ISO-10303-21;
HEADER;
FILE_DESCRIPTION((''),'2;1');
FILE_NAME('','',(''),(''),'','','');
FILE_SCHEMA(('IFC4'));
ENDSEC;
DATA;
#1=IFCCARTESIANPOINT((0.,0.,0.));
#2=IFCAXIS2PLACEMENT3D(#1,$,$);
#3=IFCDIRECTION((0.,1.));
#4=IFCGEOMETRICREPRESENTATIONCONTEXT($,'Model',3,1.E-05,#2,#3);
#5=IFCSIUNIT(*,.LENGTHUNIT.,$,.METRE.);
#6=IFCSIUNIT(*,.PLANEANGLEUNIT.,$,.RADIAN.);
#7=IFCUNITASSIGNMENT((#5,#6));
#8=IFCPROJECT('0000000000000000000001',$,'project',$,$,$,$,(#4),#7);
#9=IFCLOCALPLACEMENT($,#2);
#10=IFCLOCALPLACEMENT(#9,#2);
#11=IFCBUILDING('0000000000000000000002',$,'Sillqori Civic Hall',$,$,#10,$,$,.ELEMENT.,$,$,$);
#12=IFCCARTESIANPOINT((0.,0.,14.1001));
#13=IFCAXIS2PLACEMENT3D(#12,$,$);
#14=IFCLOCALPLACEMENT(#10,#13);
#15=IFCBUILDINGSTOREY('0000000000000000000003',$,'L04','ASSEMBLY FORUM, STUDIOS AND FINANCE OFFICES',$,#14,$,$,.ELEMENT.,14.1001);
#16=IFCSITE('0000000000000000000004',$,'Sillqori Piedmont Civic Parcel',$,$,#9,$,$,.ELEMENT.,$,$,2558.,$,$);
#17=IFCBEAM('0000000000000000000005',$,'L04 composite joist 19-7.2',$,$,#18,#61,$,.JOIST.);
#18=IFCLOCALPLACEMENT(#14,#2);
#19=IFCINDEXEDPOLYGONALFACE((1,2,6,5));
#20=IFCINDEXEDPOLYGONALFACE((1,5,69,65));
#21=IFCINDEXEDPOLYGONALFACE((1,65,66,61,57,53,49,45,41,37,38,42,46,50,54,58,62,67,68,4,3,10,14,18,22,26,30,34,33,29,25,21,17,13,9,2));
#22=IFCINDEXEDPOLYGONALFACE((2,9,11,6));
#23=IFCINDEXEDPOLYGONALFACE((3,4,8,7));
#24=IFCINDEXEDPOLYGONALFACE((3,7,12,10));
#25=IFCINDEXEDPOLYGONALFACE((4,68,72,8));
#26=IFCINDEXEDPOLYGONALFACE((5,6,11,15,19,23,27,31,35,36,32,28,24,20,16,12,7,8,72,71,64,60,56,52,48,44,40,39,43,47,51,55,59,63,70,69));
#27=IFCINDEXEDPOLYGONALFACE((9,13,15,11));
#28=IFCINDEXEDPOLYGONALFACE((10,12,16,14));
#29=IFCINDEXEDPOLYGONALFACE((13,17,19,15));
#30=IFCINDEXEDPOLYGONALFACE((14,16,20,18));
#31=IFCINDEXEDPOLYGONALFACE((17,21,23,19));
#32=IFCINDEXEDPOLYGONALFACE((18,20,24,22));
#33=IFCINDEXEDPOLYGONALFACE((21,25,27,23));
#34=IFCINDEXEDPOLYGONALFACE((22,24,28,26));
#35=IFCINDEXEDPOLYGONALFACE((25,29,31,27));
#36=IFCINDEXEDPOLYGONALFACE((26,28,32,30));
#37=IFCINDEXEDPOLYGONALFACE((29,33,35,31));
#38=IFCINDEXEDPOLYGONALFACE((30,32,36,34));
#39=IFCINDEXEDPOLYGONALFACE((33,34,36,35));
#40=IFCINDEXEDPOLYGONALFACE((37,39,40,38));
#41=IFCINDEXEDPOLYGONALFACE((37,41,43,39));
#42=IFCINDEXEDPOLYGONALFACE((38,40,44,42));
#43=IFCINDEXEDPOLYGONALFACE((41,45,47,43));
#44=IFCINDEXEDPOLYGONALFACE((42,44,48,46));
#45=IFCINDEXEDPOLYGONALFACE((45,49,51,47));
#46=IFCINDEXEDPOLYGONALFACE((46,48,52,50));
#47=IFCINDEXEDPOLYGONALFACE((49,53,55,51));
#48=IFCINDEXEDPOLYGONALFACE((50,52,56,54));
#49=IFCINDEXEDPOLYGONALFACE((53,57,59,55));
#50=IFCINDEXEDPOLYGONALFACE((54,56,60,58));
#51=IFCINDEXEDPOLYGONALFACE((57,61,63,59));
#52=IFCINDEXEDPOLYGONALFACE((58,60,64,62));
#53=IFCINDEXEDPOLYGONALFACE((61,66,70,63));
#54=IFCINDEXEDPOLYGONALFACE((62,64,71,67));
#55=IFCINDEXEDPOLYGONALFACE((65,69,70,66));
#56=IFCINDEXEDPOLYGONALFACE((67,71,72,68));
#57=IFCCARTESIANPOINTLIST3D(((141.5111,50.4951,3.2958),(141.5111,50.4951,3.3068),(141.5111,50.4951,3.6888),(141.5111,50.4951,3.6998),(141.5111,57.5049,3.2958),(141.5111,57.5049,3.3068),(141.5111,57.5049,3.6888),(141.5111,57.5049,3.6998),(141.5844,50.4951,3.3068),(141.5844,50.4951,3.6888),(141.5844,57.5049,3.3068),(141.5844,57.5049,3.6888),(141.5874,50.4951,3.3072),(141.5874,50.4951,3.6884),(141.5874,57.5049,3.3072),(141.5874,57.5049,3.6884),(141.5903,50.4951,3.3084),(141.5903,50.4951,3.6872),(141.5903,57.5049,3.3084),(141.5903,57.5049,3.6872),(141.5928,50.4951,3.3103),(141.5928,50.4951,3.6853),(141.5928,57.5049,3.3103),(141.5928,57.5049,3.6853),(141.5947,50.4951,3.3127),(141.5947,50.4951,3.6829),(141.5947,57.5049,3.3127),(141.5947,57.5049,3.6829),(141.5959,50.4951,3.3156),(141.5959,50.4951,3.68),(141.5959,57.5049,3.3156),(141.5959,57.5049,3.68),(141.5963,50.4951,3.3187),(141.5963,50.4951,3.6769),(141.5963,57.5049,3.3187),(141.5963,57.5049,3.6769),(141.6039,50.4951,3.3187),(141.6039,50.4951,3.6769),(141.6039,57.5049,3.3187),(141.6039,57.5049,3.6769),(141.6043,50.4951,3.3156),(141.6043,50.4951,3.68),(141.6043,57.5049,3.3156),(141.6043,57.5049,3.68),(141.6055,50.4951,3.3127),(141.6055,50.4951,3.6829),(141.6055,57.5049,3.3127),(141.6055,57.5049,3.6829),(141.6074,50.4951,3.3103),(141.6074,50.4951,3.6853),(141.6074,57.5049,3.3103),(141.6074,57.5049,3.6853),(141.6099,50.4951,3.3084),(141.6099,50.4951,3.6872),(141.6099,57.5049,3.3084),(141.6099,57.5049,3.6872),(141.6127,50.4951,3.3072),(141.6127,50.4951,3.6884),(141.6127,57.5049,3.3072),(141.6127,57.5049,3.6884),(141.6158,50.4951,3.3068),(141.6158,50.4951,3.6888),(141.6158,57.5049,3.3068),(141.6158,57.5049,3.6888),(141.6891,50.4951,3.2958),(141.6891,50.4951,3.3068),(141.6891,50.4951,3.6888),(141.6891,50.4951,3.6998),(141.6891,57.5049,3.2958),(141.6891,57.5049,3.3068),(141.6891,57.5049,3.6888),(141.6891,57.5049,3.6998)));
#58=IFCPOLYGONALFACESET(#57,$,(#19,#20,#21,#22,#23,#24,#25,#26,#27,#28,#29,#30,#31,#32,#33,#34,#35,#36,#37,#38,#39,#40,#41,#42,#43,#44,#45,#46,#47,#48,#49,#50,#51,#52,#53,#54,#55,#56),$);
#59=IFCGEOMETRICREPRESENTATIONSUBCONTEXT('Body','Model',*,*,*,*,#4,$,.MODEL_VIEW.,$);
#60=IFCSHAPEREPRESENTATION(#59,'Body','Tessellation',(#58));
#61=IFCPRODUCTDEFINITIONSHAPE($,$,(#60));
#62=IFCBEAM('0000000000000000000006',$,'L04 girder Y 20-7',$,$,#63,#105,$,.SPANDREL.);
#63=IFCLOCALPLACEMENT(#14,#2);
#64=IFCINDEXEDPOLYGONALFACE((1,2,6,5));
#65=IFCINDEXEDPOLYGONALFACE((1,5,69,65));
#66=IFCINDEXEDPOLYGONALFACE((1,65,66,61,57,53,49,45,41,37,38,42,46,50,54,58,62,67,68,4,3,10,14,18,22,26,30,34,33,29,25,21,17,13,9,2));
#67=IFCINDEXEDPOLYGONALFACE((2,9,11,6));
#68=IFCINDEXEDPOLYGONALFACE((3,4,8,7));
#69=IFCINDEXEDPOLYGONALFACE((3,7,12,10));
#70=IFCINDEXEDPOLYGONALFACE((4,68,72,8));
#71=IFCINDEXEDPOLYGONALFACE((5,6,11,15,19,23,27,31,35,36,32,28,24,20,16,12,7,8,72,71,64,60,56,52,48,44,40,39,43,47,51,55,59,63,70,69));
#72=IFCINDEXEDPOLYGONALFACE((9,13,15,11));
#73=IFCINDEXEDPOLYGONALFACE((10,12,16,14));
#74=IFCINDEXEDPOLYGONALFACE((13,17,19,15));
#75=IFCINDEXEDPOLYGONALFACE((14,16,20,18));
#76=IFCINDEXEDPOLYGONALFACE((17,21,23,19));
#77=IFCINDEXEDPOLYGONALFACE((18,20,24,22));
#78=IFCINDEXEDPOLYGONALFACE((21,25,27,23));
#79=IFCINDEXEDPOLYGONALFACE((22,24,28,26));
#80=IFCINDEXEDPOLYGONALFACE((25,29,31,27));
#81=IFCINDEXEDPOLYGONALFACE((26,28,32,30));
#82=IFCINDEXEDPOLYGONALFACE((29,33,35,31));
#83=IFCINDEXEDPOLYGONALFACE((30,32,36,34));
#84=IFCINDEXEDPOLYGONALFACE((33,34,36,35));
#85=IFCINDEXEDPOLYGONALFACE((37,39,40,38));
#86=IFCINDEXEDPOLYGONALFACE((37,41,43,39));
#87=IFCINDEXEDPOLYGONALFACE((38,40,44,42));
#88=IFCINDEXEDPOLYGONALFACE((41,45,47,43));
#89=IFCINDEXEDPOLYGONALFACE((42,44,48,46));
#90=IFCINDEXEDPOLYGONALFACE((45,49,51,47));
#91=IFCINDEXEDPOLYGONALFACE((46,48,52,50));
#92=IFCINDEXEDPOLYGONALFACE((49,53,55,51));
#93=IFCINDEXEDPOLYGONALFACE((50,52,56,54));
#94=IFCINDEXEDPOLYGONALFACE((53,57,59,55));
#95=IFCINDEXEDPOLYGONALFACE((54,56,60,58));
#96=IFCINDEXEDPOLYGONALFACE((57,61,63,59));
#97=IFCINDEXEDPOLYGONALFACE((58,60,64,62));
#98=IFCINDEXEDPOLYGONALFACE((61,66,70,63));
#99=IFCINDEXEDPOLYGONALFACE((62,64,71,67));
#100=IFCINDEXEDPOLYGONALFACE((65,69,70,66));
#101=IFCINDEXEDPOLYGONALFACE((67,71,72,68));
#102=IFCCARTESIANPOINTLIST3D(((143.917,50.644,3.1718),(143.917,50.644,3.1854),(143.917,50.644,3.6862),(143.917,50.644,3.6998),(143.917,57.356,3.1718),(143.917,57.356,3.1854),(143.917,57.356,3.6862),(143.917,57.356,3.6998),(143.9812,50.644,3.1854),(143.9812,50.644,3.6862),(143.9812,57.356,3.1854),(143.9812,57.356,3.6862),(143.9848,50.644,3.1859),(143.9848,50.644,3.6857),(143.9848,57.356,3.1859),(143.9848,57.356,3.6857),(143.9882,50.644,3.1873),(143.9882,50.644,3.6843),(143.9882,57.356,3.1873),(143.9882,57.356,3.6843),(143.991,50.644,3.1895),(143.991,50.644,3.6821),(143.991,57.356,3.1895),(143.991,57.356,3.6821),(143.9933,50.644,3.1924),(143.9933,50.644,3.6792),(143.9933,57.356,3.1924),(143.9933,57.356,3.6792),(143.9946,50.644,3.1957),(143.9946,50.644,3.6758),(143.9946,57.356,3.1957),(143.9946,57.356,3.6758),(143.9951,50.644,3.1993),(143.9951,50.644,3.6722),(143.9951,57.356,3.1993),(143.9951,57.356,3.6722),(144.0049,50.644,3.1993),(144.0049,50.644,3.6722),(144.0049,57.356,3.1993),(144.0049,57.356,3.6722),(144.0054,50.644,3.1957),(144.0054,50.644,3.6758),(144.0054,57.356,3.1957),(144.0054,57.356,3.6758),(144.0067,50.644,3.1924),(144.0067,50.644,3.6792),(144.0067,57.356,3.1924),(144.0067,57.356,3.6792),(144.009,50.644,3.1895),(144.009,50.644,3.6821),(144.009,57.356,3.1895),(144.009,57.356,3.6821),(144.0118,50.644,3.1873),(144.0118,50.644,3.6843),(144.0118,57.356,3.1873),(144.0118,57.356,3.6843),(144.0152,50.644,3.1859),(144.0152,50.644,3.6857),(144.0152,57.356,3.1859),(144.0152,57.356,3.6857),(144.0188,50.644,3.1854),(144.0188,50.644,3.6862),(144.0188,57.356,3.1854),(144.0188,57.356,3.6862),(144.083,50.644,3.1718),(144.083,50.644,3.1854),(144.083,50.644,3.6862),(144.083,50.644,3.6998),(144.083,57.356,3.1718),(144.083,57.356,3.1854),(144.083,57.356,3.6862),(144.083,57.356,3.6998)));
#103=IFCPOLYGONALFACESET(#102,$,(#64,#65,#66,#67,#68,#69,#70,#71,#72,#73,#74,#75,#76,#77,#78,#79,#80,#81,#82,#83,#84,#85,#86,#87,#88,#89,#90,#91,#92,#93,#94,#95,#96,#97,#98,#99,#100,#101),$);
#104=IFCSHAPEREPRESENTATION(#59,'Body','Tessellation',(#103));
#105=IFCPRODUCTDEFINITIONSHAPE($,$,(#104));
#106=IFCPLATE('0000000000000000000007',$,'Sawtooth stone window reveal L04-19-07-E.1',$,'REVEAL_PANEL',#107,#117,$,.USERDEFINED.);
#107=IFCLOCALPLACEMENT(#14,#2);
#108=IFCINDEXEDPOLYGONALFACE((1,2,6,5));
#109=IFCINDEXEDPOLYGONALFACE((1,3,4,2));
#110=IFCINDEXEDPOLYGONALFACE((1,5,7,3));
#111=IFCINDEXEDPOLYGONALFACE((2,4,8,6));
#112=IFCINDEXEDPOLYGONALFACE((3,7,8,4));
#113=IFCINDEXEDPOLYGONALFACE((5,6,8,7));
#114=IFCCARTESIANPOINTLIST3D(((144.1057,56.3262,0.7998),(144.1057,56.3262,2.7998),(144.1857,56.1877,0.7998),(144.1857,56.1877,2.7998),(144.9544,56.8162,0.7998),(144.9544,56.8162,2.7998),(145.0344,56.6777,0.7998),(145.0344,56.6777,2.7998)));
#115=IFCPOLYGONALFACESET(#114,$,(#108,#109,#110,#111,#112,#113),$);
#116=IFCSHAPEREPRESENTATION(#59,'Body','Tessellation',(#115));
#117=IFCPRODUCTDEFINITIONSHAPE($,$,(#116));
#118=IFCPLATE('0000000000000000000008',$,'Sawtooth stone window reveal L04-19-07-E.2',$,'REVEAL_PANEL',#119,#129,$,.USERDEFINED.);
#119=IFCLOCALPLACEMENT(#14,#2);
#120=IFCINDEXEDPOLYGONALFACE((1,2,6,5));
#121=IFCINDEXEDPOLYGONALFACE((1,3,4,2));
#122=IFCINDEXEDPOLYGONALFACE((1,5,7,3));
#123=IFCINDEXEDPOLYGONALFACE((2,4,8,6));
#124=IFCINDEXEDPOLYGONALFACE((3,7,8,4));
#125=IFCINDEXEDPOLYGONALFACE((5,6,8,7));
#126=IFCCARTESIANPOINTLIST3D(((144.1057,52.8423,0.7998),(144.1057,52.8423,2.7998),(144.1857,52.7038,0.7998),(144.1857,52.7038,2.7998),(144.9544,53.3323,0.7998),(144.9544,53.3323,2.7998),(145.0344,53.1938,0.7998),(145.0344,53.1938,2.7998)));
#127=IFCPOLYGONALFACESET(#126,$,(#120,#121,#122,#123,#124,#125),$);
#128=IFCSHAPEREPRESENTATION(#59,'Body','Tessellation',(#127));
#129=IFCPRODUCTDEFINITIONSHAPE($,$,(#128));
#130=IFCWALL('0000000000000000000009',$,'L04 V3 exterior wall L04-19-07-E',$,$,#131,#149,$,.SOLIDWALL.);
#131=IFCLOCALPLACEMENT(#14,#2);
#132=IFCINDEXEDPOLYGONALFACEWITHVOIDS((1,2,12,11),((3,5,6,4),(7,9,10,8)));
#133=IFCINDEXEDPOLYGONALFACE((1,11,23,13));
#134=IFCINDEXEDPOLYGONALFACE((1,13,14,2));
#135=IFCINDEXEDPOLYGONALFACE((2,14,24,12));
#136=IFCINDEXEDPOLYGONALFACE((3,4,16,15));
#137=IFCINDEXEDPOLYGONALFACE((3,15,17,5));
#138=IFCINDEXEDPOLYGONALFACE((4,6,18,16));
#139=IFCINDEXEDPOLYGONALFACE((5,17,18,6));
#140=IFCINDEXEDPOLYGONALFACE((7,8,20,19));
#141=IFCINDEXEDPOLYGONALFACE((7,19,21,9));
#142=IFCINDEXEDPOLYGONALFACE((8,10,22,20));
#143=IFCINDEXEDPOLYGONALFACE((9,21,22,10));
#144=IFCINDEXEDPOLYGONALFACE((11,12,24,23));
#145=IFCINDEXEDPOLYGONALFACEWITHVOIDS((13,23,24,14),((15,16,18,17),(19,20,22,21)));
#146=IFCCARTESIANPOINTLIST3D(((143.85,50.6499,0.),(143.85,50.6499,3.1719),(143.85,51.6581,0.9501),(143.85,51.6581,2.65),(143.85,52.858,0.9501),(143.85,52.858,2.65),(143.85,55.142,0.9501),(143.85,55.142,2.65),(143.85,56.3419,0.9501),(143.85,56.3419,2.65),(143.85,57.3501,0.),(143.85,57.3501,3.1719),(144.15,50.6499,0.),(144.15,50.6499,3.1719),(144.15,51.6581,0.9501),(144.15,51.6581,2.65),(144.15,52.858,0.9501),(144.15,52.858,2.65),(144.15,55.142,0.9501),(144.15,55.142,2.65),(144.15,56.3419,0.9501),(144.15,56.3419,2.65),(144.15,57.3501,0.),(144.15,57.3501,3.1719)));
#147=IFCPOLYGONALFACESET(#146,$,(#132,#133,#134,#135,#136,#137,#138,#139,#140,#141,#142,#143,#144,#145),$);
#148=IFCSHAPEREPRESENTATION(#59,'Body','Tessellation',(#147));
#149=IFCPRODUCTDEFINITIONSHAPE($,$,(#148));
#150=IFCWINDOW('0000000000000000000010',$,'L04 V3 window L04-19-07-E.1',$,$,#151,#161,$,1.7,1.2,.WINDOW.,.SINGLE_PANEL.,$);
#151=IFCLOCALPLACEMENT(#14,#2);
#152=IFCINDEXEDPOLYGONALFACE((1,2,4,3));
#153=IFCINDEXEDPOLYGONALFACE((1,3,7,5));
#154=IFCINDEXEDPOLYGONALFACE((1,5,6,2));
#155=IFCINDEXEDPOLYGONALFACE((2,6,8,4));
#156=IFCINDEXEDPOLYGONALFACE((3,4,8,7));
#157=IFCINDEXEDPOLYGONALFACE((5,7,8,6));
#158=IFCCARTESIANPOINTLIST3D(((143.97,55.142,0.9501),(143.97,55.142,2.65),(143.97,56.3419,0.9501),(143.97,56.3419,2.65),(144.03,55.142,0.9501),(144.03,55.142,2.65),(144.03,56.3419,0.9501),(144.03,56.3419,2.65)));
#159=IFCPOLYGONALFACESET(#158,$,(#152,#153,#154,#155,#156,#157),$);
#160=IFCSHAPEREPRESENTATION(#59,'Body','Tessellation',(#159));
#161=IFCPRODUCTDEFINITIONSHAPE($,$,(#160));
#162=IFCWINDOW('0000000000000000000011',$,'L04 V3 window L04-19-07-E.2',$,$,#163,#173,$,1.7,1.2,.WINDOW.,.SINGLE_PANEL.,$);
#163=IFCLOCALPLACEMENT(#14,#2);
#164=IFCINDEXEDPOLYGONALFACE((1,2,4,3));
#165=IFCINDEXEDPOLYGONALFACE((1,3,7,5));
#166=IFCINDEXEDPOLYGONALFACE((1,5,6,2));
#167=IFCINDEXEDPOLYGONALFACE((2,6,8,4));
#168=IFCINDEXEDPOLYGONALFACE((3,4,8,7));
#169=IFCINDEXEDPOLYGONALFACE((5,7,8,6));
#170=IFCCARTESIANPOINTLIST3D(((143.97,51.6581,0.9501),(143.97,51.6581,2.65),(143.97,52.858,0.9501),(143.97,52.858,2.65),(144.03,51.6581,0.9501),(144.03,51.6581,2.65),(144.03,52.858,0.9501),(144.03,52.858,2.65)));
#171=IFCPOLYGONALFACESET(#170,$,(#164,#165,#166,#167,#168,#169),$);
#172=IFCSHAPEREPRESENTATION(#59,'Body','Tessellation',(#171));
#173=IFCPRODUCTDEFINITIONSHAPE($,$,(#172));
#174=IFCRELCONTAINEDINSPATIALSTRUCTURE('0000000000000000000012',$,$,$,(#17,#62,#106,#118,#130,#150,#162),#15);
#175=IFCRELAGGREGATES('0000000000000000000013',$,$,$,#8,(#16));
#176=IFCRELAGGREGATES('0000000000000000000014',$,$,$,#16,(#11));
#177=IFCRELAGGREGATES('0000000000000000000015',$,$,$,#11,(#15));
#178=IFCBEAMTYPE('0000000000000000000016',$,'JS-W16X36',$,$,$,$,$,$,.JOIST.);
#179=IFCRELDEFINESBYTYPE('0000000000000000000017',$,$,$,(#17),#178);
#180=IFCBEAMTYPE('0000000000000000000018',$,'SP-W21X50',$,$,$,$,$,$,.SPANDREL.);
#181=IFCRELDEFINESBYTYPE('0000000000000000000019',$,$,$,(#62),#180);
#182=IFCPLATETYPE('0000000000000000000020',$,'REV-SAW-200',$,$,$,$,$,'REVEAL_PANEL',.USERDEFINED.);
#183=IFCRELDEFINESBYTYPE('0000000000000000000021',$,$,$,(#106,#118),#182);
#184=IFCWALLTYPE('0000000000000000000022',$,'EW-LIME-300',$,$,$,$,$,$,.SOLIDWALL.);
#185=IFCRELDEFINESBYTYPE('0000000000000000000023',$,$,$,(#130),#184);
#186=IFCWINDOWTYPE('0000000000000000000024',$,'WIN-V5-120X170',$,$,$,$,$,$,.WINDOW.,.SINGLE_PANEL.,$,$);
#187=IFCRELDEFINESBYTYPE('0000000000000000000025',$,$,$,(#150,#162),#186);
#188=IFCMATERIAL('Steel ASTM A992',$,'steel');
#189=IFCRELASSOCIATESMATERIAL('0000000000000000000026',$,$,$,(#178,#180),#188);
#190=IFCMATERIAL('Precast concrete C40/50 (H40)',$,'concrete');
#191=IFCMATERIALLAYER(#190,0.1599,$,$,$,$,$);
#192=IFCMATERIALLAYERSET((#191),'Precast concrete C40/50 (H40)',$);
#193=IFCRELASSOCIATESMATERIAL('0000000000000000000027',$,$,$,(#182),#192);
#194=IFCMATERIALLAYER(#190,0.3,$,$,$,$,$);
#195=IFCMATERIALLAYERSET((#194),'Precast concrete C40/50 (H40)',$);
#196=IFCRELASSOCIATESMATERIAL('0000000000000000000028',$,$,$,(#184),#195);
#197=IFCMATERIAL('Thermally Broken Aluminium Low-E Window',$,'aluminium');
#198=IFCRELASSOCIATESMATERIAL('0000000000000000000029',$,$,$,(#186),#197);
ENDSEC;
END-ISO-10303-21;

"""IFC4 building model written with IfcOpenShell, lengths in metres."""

from ifc_helpers import new_model, si_unit, direction, frame, frame_2d, origin, origin_2d, place, context, subcontext, project, spatial, rectangle, i_section, extrude, material, layer, layer_set, material_profile, profile_set, type_object, element, fill, save


model = new_model("IFC4")

# Units and contexts
model_context = context("Model", 3, precision=1e-05, world=origin(), true_north=direction((0.0, 1.0)))
body_context = subcontext(model_context, "Body", "Model", "MODEL_VIEW")
ifc_project = project(units=[si_unit("LENGTHUNIT", "METRE"), si_unit("PLANEANGLEUNIT", "RADIAN")], contexts=[model_context])

# Site, building, storey
site_placement = place(None, origin())
site = spatial("IfcSite", under=ifc_project, at=site_placement, Name="Sillqori Piedmont Civic Parcel", CompositionType="ELEMENT", RefElevation=2558.0)
building_placement = place(site_placement, origin())
building = spatial("IfcBuilding", under=site, at=building_placement, Name="Sillqori Civic Hall", CompositionType="ELEMENT")
storey_placement = place(building_placement, frame((0.0, 0.0, 14.1001)))
storey = spatial("IfcBuildingStorey", under=building, at=storey_placement, Name="L04", Description="ASSEMBLY FORUM, STUDIOS AND FINANCE OFFICES", CompositionType="ELEMENT", Elevation=14.1001)

# Beams
ifc_material_1 = material(Name="Steel ASTM A992", Category="steel")
ifc_material_profile_1 = material_profile(ifc_material_1, i_section(OverallWidth=0.178, OverallDepth=0.4041, WebThickness=0.0076, FlangeThickness=0.011, FilletRadius=0.012, at=origin_2d()), Name="W16X36")
ifc_profile_set_1 = profile_set([ifc_material_profile_1], Name="Steel ASTM A992")
beam_type_1 = type_object("IfcBeamType", Name="JS-W16X36", PredefinedType="JOIST", material=ifc_profile_set_1)
for number, where, z_axis, x_axis, name in (
    (1, (141.6001, 50.4951, 3.4978), (0.0, 1.0, 0.0), (-1.0, 0.0, 0.0), "L04 composite joist 19-7.2"),
):
    element("IfcBeam", number, at=place(storey_placement, frame(where, z_axis=z_axis, x_axis=x_axis)), inside=storey, type_object=beam_type_1, Name=name, PredefinedType="JOIST", context=body_context, shape_type="SweptSolid", body=[
        extrude(i_section(OverallWidth=0.178, OverallDepth=0.4041, WebThickness=0.0076, FlangeThickness=0.011, FilletRadius=0.012, at=origin_2d()), origin(), (0.0, 0.0, 1.0), 7.0098),
    ])
ifc_material_profile_2 = material_profile(ifc_material_1, i_section(OverallWidth=0.166, OverallDepth=0.5281, WebThickness=0.0098, FlangeThickness=0.0137, FilletRadius=0.0139, at=origin_2d()), Name="W21X50")
ifc_profile_set_2 = profile_set([ifc_material_profile_2], Name="Steel ASTM A992")
beam_type_2 = type_object("IfcBeamType", Name="SP-W21X50", PredefinedType="SPANDREL", material=ifc_profile_set_2)
beam_1_placement = place(storey_placement, frame((144.0, 50.644, 3.4358), z_axis=(0.0, 1.0, 0.0), x_axis=(-1.0, 0.0, 0.0)))
element("IfcBeam", 2, at=beam_1_placement, inside=storey, type_object=beam_type_2, Name="L04 girder Y 20-7", PredefinedType="SPANDREL", context=body_context, shape_type="SweptSolid", body=[
    extrude(i_section(OverallWidth=0.166, OverallDepth=0.5281, WebThickness=0.0098, FlangeThickness=0.0137, FilletRadius=0.0139, at=origin_2d()), origin(), (0.0, 0.0, 1.0), 6.7119),
])

# Plates
ifc_material_2 = material(Name="Precast concrete C40/50 (H40)", Category="concrete")
ifc_layer_1 = layer(ifc_material_2, 0.1599)
ifc_layer_set_1 = layer_set([ifc_layer_1], Name="Precast concrete C40/50 (H40)")
plate_type = type_object("IfcPlateType", Name="REV-SAW-200", ElementType="REVEAL_PANEL", PredefinedType="USERDEFINED", material=ifc_layer_set_1)
for number, where, z_axis, x_axis, name in (
    (3, (144.5701, 56.502, 0.7998), (0.0, 0.0, 1.0), (0.5, -0.866025, 0.0), "Sawtooth stone window reveal L04-19-07-E.1"),
    (4, (144.5701, 53.0181, 0.7998), (0.0, 0.0, 1.0), (0.5, -0.866025, 0.0), "Sawtooth stone window reveal L04-19-07-E.2"),
):
    element("IfcPlate", number, at=place(storey_placement, frame(where, z_axis=z_axis, x_axis=x_axis)), inside=storey, type_object=plate_type, Name=name, ObjectType="REVEAL_PANEL", PredefinedType="USERDEFINED", context=body_context, shape_type="SweptSolid", body=[
        extrude(rectangle(XDim=0.1599, YDim=0.98, at=origin_2d()), origin(), (0.0, 0.0, 1.0), 2.0),
    ])

# Wall, openings, windows
ifc_layer_2 = layer(ifc_material_2, 0.3)
ifc_layer_set_2 = layer_set([ifc_layer_2], Name="Precast concrete C40/50 (H40)")
wall_type_1 = type_object("IfcWallType", Name="EW-LIME-300", PredefinedType="SOLIDWALL", material=ifc_layer_set_2)
wall_1_placement = place(storey_placement, frame((144.0, 57.3501, 0.0), z_axis=(0.0, 0.0, 1.0), x_axis=(0.0, -1.0, 0.0)))
wall_1 = element("IfcWall", 5, at=wall_1_placement, inside=storey, type_object=wall_type_1, Name="L04 V3 exterior wall L04-19-07-E", PredefinedType="SOLIDWALL", context=body_context, shape_type="SweptSolid", body=[
    extrude(rectangle(XDim=6.7002, YDim=0.3, at=frame_2d((3.3501, 0.0))), origin(), (0.0, 0.0, 1.0), 3.1719),
])
opening_1_placement = place(wall_1_placement, frame((1.0081, 0.0, 0.95)))
opening_1 = element("IfcOpeningElement", 6, at=opening_1_placement, cuts=wall_1, PredefinedType="OPENING", context=body_context, shape_type="SweptSolid", body=[
    extrude(rectangle(XDim=1.2, YDim=1.7, at=frame_2d((0.6001, 0.8501))), frame((0.0, 0.1599, 0.0), z_axis=(0.0, -1.0, 0.0), x_axis=(1.0, 0.0, 0.0)), (0.0, 0.0, 1.0), 0.3201),
])
opening_2_placement = place(wall_1_placement, frame((4.4919, 0.0, 0.95)))
opening_2 = element("IfcOpeningElement", 7, at=opening_2_placement, cuts=wall_1, PredefinedType="OPENING", context=body_context, shape_type="SweptSolid", body=[
    extrude(rectangle(XDim=1.2, YDim=1.7, at=frame_2d((0.6001, 0.8501))), frame((0.0, 0.1599, 0.0), z_axis=(0.0, -1.0, 0.0), x_axis=(1.0, 0.0, 0.0)), (0.0, 0.0, 1.0), 0.3201),
])
ifc_material_3 = material(Name="Thermally Broken Aluminium Low-E Window", Category="aluminium")
window_type_1 = type_object("IfcWindowType", Name="WIN-V5-120X170", PartitioningType="SINGLE_PANEL", PredefinedType="WINDOW", material=ifc_material_3)
window_1_placement = place(opening_1_placement, origin())
window_1 = element("IfcWindow", 8, at=window_1_placement, inside=storey, type_object=window_type_1, Name="L04 V3 window L04-19-07-E.1", OverallHeight=1.7, OverallWidth=1.2, PartitioningType="SINGLE_PANEL", PredefinedType="WINDOW", context=body_context, shape_type="SweptSolid", body=[
    extrude(rectangle(XDim=1.2, YDim=1.7, at=frame_2d((0.6001, 0.8501))), frame((0.0, 0.03, 0.0), z_axis=(0.0, -1.0, 0.0), x_axis=(1.0, 0.0, 0.0)), (0.0, 0.0, 1.0), 0.0601),
])
fill(opening_1, window_1)
window_2_placement = place(opening_2_placement, origin())
window_2 = element("IfcWindow", 9, at=window_2_placement, inside=storey, type_object=window_type_1, Name="L04 V3 window L04-19-07-E.2", OverallHeight=1.7, OverallWidth=1.2, PartitioningType="SINGLE_PANEL", PredefinedType="WINDOW", context=body_context, shape_type="SweptSolid", body=[
    extrude(rectangle(XDim=1.2, YDim=1.7, at=frame_2d((0.6001, 0.8501))), frame((0.0, 0.03, 0.0), z_axis=(0.0, -1.0, 0.0), x_axis=(1.0, 0.0, 0.0)), (0.0, 0.0, 1.0), 0.0601),
])
fill(opening_2, window_2)

save(model, "model.ifc")
